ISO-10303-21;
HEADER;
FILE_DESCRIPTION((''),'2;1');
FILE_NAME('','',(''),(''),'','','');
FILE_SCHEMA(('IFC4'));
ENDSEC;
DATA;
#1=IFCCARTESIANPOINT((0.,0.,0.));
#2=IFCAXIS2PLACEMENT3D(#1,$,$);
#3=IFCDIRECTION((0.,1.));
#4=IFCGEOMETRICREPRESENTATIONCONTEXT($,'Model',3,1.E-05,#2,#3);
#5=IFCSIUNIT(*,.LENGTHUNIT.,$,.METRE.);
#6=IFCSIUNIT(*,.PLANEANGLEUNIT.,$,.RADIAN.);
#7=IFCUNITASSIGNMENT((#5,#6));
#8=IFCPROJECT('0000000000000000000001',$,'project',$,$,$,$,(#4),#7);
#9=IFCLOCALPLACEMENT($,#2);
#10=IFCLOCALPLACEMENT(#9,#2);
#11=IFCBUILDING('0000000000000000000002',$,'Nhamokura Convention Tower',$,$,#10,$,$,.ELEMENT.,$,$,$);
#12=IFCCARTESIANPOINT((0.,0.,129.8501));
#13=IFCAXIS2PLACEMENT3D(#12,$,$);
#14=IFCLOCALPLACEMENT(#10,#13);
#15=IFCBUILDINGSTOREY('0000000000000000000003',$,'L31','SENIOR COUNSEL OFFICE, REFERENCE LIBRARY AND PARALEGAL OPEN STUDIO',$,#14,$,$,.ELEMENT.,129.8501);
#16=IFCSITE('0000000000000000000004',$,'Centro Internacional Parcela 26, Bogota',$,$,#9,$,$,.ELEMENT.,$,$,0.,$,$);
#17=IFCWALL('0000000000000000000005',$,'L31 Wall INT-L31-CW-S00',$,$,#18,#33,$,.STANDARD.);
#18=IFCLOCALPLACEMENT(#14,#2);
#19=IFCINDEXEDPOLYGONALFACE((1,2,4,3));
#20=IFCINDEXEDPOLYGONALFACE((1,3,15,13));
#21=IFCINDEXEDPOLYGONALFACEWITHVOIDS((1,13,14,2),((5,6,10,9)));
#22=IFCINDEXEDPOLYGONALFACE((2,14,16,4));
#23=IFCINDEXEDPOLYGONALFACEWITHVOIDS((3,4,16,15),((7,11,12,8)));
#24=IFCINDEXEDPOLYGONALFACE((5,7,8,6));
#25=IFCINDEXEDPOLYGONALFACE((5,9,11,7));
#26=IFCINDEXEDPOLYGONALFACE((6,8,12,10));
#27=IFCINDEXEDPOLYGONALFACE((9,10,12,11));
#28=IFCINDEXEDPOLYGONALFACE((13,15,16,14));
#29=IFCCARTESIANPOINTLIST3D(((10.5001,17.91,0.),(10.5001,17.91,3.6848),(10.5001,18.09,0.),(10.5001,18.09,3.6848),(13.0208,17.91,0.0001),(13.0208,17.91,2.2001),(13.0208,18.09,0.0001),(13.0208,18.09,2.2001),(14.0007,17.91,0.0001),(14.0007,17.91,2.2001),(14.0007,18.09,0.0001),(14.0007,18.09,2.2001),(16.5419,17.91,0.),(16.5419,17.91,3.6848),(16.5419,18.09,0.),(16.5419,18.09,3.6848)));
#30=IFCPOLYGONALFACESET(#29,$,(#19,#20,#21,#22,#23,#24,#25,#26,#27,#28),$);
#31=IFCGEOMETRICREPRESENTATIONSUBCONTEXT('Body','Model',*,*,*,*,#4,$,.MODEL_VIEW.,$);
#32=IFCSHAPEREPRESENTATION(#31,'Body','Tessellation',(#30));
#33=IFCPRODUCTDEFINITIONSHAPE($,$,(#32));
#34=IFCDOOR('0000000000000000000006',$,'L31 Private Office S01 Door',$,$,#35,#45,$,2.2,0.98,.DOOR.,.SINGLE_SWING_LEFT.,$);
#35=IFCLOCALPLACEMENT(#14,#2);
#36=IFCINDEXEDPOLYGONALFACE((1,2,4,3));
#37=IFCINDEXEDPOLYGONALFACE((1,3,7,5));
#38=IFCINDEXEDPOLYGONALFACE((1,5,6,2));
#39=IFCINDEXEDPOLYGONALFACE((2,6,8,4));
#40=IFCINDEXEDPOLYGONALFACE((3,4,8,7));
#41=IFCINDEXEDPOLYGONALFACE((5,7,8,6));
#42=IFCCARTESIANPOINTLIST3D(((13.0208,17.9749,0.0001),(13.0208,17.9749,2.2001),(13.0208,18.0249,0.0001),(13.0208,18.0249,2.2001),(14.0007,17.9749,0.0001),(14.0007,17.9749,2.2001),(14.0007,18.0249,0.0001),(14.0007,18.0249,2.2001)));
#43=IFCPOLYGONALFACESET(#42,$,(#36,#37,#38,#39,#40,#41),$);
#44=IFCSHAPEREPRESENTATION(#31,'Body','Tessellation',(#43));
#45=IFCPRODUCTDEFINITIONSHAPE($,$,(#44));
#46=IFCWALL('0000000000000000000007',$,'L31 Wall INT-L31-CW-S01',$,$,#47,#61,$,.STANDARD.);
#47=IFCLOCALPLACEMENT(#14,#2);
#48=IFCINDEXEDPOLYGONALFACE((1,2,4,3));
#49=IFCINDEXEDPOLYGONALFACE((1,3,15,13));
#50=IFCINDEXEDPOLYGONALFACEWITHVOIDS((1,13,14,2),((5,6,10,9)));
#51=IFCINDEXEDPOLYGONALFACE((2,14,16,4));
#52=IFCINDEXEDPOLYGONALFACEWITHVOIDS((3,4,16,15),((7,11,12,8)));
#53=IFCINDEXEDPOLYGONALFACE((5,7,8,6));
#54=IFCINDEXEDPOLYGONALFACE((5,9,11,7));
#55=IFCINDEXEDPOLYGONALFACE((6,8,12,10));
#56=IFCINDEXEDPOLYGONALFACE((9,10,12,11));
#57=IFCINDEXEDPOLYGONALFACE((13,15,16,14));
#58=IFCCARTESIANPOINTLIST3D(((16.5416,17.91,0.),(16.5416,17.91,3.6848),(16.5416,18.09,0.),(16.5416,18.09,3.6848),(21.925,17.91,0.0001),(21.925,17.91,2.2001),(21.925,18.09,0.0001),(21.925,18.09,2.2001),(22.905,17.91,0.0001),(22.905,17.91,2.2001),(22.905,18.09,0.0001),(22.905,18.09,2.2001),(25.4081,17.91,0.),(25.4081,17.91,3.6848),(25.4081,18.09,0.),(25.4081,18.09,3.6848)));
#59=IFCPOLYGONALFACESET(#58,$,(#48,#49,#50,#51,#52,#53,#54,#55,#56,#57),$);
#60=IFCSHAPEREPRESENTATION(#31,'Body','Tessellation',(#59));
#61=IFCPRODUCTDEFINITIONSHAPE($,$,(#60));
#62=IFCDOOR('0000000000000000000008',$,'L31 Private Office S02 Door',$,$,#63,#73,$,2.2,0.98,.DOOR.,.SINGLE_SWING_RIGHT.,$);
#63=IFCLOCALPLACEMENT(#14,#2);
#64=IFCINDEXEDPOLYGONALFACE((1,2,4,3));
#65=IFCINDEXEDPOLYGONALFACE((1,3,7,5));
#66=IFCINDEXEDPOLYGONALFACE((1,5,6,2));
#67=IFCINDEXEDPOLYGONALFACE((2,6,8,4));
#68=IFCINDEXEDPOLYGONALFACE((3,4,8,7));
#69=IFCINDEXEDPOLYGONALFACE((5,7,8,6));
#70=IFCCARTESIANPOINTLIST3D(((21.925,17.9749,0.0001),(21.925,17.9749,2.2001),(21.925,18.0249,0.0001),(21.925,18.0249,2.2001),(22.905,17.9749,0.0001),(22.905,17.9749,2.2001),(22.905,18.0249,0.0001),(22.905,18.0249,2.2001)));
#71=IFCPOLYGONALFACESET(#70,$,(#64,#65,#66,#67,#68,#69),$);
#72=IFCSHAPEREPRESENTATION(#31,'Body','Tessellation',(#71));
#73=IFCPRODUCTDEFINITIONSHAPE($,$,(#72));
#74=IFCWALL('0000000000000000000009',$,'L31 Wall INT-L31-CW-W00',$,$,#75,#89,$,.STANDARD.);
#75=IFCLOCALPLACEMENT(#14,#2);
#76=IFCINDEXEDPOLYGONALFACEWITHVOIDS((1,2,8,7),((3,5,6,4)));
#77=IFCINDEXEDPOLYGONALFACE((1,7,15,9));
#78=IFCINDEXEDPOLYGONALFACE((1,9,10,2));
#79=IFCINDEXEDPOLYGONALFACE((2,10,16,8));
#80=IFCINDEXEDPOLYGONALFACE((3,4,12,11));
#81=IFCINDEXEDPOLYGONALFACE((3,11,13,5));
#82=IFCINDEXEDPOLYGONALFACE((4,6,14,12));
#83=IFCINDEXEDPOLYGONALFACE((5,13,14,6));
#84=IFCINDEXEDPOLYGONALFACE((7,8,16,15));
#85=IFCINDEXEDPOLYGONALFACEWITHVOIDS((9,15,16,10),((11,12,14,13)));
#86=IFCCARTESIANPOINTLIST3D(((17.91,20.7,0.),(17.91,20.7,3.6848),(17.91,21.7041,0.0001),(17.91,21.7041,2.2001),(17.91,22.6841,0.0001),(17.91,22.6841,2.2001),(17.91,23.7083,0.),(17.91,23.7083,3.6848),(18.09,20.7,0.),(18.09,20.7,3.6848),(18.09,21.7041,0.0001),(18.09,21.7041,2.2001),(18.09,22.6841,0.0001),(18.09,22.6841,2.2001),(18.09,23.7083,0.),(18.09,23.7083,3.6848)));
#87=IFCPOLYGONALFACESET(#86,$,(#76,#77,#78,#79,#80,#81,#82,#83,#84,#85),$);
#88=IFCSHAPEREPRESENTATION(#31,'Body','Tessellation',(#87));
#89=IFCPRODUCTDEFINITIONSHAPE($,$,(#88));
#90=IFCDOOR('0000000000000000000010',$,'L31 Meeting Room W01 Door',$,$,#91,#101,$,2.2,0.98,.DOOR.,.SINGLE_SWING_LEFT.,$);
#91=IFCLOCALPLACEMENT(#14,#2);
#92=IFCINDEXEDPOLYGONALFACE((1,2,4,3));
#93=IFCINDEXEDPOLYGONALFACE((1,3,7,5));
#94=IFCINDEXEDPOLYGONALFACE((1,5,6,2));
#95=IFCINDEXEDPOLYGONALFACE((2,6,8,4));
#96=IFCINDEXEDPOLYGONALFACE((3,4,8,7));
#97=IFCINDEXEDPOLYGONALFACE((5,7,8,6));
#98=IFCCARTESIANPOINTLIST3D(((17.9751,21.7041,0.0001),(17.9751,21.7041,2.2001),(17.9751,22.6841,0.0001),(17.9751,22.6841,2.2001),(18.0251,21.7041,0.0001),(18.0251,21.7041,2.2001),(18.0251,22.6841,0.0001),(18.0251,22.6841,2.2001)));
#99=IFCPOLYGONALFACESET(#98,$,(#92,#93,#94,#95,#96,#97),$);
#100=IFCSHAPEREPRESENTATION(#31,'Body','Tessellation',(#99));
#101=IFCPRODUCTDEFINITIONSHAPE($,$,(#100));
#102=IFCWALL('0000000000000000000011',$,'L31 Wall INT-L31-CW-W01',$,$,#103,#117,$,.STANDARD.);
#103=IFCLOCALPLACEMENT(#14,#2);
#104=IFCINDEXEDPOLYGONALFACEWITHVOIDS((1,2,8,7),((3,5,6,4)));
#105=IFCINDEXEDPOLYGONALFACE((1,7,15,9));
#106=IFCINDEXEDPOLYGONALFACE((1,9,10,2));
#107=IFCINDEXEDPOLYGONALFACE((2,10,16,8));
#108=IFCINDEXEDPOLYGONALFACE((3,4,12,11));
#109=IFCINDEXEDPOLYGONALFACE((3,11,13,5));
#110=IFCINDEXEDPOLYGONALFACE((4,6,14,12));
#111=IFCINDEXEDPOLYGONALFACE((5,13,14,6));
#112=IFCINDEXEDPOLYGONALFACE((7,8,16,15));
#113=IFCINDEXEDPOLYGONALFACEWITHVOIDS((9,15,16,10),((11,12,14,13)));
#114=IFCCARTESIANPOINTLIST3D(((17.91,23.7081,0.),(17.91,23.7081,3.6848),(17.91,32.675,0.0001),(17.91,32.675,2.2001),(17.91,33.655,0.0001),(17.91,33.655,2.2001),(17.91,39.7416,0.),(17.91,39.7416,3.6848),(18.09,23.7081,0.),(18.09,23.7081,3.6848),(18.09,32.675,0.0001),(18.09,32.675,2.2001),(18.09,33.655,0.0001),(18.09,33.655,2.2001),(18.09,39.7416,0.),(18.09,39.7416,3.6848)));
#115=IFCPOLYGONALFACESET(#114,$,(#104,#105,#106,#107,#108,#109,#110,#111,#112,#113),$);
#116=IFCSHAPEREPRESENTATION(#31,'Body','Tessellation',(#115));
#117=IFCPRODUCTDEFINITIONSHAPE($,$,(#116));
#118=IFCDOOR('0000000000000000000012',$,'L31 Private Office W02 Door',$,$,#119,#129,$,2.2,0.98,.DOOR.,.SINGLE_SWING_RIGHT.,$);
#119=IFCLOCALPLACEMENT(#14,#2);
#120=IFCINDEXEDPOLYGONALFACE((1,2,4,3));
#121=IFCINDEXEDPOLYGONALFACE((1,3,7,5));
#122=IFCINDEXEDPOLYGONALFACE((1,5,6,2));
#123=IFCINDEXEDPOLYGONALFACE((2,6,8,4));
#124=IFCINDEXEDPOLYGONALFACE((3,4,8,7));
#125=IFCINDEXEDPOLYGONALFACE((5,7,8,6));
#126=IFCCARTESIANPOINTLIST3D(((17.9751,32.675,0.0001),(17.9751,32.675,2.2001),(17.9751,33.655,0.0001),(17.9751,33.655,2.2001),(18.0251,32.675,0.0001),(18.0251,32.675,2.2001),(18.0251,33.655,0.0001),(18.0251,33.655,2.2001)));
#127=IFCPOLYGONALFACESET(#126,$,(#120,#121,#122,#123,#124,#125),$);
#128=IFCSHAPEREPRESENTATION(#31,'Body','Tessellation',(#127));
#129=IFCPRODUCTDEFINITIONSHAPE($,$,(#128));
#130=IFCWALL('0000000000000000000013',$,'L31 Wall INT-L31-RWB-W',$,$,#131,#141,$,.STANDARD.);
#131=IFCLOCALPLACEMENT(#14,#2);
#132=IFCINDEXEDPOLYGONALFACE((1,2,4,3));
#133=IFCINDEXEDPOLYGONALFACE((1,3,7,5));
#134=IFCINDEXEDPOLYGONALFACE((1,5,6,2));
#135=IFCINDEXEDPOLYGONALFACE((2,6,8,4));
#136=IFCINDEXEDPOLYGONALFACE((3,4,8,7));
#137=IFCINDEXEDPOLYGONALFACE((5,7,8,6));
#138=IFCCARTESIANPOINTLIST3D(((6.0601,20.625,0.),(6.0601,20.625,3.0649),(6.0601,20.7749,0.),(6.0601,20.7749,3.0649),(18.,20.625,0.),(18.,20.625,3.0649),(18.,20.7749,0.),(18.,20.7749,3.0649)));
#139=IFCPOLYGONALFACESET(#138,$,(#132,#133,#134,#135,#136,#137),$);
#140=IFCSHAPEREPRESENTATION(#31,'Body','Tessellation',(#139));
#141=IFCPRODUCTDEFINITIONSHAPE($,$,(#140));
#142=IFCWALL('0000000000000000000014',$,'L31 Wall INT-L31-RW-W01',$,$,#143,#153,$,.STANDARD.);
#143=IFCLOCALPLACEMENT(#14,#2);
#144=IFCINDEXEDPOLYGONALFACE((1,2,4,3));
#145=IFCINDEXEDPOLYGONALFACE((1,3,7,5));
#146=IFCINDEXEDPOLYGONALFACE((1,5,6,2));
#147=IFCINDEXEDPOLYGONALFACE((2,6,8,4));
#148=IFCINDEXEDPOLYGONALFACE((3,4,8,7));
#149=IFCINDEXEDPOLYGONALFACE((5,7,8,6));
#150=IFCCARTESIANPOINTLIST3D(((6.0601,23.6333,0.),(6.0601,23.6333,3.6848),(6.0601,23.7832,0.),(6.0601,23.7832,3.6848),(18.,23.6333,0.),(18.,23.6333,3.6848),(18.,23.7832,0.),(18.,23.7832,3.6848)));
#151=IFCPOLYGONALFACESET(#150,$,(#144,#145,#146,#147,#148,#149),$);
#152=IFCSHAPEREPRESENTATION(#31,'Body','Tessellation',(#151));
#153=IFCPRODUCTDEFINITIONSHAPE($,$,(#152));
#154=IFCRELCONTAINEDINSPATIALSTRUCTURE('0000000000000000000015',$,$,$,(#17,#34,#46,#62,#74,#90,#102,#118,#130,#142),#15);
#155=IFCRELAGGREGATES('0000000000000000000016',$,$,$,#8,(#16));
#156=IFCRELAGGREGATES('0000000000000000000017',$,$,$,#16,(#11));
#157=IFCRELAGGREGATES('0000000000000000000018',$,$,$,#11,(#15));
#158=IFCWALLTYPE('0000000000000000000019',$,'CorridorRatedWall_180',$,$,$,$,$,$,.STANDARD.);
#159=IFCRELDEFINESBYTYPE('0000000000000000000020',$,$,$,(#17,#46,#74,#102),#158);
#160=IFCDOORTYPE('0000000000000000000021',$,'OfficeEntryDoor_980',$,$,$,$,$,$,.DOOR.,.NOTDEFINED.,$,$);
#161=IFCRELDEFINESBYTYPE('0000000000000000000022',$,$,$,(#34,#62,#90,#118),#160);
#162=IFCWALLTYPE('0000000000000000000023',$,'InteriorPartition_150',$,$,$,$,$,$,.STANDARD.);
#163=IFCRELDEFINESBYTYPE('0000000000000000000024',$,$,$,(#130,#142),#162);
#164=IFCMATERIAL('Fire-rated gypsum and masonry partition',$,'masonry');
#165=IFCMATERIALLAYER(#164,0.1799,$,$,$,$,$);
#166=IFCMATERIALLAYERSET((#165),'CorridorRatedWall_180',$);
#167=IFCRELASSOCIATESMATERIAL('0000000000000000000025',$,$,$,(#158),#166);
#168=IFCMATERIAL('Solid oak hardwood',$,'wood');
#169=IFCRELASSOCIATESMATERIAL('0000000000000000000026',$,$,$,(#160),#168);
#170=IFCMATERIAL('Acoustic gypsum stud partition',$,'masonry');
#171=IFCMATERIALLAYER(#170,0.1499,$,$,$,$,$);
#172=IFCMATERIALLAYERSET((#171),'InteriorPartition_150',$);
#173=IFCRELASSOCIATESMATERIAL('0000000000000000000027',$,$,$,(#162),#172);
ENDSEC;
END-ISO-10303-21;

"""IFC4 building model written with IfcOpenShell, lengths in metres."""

from ifc_helpers import new_model, si_unit, direction, frame, frame_2d, origin, place, context, subcontext, project, spatial, rectangle, extrude, material, layer, layer_set, type_object, element, fill, save


model = new_model("IFC4")

# Units and contexts
model_context = context("Model", 3, precision=1e-05, world=origin(), true_north=direction((0.0, 1.0)))
body_context = subcontext(model_context, "Body", "Model", "MODEL_VIEW")
ifc_project = project(units=[si_unit("LENGTHUNIT", "METRE"), si_unit("PLANEANGLEUNIT", "RADIAN")], contexts=[model_context])

# Site, building, storey
site_placement = place(None, origin())
site = spatial("IfcSite", under=ifc_project, at=site_placement, Name="Centro Internacional Parcela 26, Bogota", CompositionType="ELEMENT", RefElevation=0.0)
building_placement = place(site_placement, origin())
building = spatial("IfcBuilding", under=site, at=building_placement, Name="Nhamokura Convention Tower", CompositionType="ELEMENT")
storey_placement = place(building_placement, frame((0.0, 0.0, 129.8501)))
storey = spatial("IfcBuildingStorey", under=building, at=storey_placement, Name="L31", Description="SENIOR COUNSEL OFFICE, REFERENCE LIBRARY AND PARALEGAL OPEN STUDIO", CompositionType="ELEMENT", Elevation=129.8501)

# Walls, openings, doors
ifc_material_1 = material(Name="Fire-rated gypsum and masonry partition", Category="masonry")
ifc_layer_1 = layer(ifc_material_1, 0.1799)
ifc_layer_set_1 = layer_set([ifc_layer_1], Name="CorridorRatedWall_180")
wall_type_1 = type_object("IfcWallType", Name="CorridorRatedWall_180", PredefinedType="STANDARD", material=ifc_layer_set_1)
wall_1_placement = place(storey_placement, frame((10.5, 18.0, 0.0), z_axis=(0.0, 0.0, 1.0), x_axis=(1.0, 0.0, 0.0)))
wall_1 = element("IfcWall", 1, at=wall_1_placement, inside=storey, type_object=wall_type_1, Name="L31 Wall INT-L31-CW-S00", PredefinedType="STANDARD", context=body_context, shape_type="SweptSolid", body=[
    extrude(rectangle(XDim=6.0417, YDim=0.1799, at=frame_2d((3.021, 0.0))), origin(), (0.0, 0.0, 1.0), 3.6848),
])
opening_1_placement = place(wall_1_placement, frame((2.5208, 0.0, 0.0)))
opening_1 = element("IfcOpeningElement", 2, at=opening_1_placement, cuts=wall_1, PredefinedType="OPENING", context=body_context, shape_type="SweptSolid", body=[
    extrude(rectangle(XDim=0.98, YDim=2.2, at=frame_2d((0.49, 1.1001))), frame((0.0, 0.0999, 0.0), z_axis=(0.0, -1.0, 0.0), x_axis=(1.0, 0.0, 0.0)), (0.0, 0.0, 1.0), 0.2),
])
ifc_material_2 = material(Name="Solid oak hardwood", Category="wood")
door_type_1 = type_object("IfcDoorType", Name="OfficeEntryDoor_980", OperationType="NOTDEFINED", PredefinedType="DOOR", material=ifc_material_2)
door_1_placement = place(opening_1_placement, origin())
door_1 = element("IfcDoor", 3, at=door_1_placement, inside=storey, type_object=door_type_1, Name="L31 Private Office S01 Door", OperationType="SINGLE_SWING_LEFT", OverallHeight=2.2, OverallWidth=0.98, PredefinedType="DOOR", context=body_context, shape_type="SweptSolid", body=[
    extrude(rectangle(XDim=0.98, YDim=2.2, at=frame_2d((0.49, 1.1001))), frame((0.0, 0.0249, 0.0), z_axis=(0.0, -1.0, 0.0), x_axis=(1.0, 0.0, 0.0)), (0.0, 0.0, 1.0), 0.05),
])
fill(opening_1, door_1)
wall_2_placement = place(storey_placement, frame((16.5417, 18.0, 0.0), z_axis=(0.0, 0.0, 1.0), x_axis=(1.0, 0.0, 0.0)))
wall_2 = element("IfcWall", 4, at=wall_2_placement, inside=storey, type_object=wall_type_1, Name="L31 Wall INT-L31-CW-S01", PredefinedType="STANDARD", context=body_context, shape_type="SweptSolid", body=[
    extrude(rectangle(XDim=8.8665, YDim=0.1799, at=frame_2d((4.4331, 0.0))), origin(), (0.0, 0.0, 1.0), 3.6848),
])
opening_2_placement = place(wall_2_placement, frame((5.3833, 0.0, 0.0)))
opening_2 = element("IfcOpeningElement", 5, at=opening_2_placement, cuts=wall_2, PredefinedType="OPENING", context=body_context, shape_type="SweptSolid", body=[
    extrude(rectangle(XDim=0.98, YDim=2.2, at=frame_2d((0.49, 1.1001))), frame((0.0, 0.0999, 0.0), z_axis=(0.0, -1.0, 0.0), x_axis=(1.0, 0.0, 0.0)), (0.0, 0.0, 1.0), 0.2),
])
door_2_placement = place(opening_2_placement, origin())
door_2 = element("IfcDoor", 6, at=door_2_placement, inside=storey, type_object=door_type_1, Name="L31 Private Office S02 Door", OperationType="SINGLE_SWING_RIGHT", OverallHeight=2.2, OverallWidth=0.98, PredefinedType="DOOR", context=body_context, shape_type="SweptSolid", body=[
    extrude(rectangle(XDim=0.98, YDim=2.2, at=frame_2d((0.49, 1.1001))), frame((0.0, 0.0249, 0.0), z_axis=(0.0, -1.0, 0.0), x_axis=(1.0, 0.0, 0.0)), (0.0, 0.0, 1.0), 0.05),
])
fill(opening_2, door_2)
wall_3_placement = place(storey_placement, frame((18.0, 20.7, 0.0), z_axis=(0.0, 0.0, 1.0), x_axis=(0.0, 1.0, 0.0)))
wall_3 = element("IfcWall", 7, at=wall_3_placement, inside=storey, type_object=wall_type_1, Name="L31 Wall INT-L31-CW-W00", PredefinedType="STANDARD", context=body_context, shape_type="SweptSolid", body=[
    extrude(rectangle(XDim=3.0083, YDim=0.1799, at=frame_2d((1.5042, 0.0))), origin(), (0.0, 0.0, 1.0), 3.6848),
])
opening_3_placement = place(wall_3_placement, frame((1.0042, 0.0, 0.0)))
opening_3 = element("IfcOpeningElement", 8, at=opening_3_placement, cuts=wall_3, PredefinedType="OPENING", context=body_context, shape_type="SweptSolid", body=[
    extrude(rectangle(XDim=0.98, YDim=2.2, at=frame_2d((0.49, 1.1001))), frame((0.0, 0.0999, 0.0), z_axis=(0.0, -1.0, 0.0), x_axis=(1.0, 0.0, 0.0)), (0.0, 0.0, 1.0), 0.2),
])
door_3_placement = place(opening_3_placement, origin())
door_3 = element("IfcDoor", 9, at=door_3_placement, inside=storey, type_object=door_type_1, Name="L31 Meeting Room W01 Door", OperationType="SINGLE_SWING_LEFT", OverallHeight=2.2, OverallWidth=0.98, PredefinedType="DOOR", context=body_context, shape_type="SweptSolid", body=[
    extrude(rectangle(XDim=0.98, YDim=2.2, at=frame_2d((0.49, 1.1001))), frame((0.0, 0.0249, 0.0), z_axis=(0.0, -1.0, 0.0), x_axis=(1.0, 0.0, 0.0)), (0.0, 0.0, 1.0), 0.05),
])
fill(opening_3, door_3)
wall_4_placement = place(storey_placement, frame((18.0, 23.7083, 0.0), z_axis=(0.0, 0.0, 1.0), x_axis=(0.0, 1.0, 0.0)))
wall_4 = element("IfcWall", 10, at=wall_4_placement, inside=storey, type_object=wall_type_1, Name="L31 Wall INT-L31-CW-W01", PredefinedType="STANDARD", context=body_context, shape_type="SweptSolid", body=[
    extrude(rectangle(XDim=16.0334, YDim=0.1799, at=frame_2d((8.0166, 0.0))), origin(), (0.0, 0.0, 1.0), 3.6848),
])
opening_4_placement = place(wall_4_placement, frame((8.9668, 0.0, 0.0)))
opening_4 = element("IfcOpeningElement", 11, at=opening_4_placement, cuts=wall_4, PredefinedType="OPENING", context=body_context, shape_type="SweptSolid", body=[
    extrude(rectangle(XDim=0.98, YDim=2.2, at=frame_2d((0.49, 1.1001))), frame((0.0, 0.0999, 0.0), z_axis=(0.0, -1.0, 0.0), x_axis=(1.0, 0.0, 0.0)), (0.0, 0.0, 1.0), 0.2),
])
door_4_placement = place(opening_4_placement, origin())
door_4 = element("IfcDoor", 12, at=door_4_placement, inside=storey, type_object=door_type_1, Name="L31 Private Office W02 Door", OperationType="SINGLE_SWING_RIGHT", OverallHeight=2.2, OverallWidth=0.98, PredefinedType="DOOR", context=body_context, shape_type="SweptSolid", body=[
    extrude(rectangle(XDim=0.98, YDim=2.2, at=frame_2d((0.49, 1.1001))), frame((0.0, 0.0249, 0.0), z_axis=(0.0, -1.0, 0.0), x_axis=(1.0, 0.0, 0.0)), (0.0, 0.0, 1.0), 0.05),
])
fill(opening_4, door_4)

# Walls
ifc_material_3 = material(Name="Acoustic gypsum stud partition", Category="masonry")
ifc_layer_2 = layer(ifc_material_3, 0.1499)
ifc_layer_set_2 = layer_set([ifc_layer_2], Name="InteriorPartition_150")
wall_type_2 = type_object("IfcWallType", Name="InteriorPartition_150", PredefinedType="STANDARD", material=ifc_layer_set_2)
wall_5_placement = place(storey_placement, frame((6.0601, 20.7, 0.0), z_axis=(0.0, 0.0, 1.0), x_axis=(1.0, 0.0, 0.0)))
element("IfcWall", 13, at=wall_5_placement, inside=storey, type_object=wall_type_2, Name="L31 Wall INT-L31-RWB-W", PredefinedType="STANDARD", context=body_context, shape_type="SweptSolid", body=[
    extrude(rectangle(XDim=11.9399, YDim=0.1499, at=frame_2d((5.97, 0.0))), origin(), (0.0, 0.0, 1.0), 3.0649),
])
wall_6_placement = place(storey_placement, frame((6.0601, 23.7083, 0.0), z_axis=(0.0, 0.0, 1.0), x_axis=(1.0, 0.0, 0.0)))
element("IfcWall", 14, at=wall_6_placement, inside=storey, type_object=wall_type_2, Name="L31 Wall INT-L31-RW-W01", PredefinedType="STANDARD", context=body_context, shape_type="SweptSolid", body=[
    extrude(rectangle(XDim=11.9399, YDim=0.1499, at=frame_2d((5.97, 0.0))), origin(), (0.0, 0.0, 1.0), 3.6848),
])

save(model, "model.ifc")
